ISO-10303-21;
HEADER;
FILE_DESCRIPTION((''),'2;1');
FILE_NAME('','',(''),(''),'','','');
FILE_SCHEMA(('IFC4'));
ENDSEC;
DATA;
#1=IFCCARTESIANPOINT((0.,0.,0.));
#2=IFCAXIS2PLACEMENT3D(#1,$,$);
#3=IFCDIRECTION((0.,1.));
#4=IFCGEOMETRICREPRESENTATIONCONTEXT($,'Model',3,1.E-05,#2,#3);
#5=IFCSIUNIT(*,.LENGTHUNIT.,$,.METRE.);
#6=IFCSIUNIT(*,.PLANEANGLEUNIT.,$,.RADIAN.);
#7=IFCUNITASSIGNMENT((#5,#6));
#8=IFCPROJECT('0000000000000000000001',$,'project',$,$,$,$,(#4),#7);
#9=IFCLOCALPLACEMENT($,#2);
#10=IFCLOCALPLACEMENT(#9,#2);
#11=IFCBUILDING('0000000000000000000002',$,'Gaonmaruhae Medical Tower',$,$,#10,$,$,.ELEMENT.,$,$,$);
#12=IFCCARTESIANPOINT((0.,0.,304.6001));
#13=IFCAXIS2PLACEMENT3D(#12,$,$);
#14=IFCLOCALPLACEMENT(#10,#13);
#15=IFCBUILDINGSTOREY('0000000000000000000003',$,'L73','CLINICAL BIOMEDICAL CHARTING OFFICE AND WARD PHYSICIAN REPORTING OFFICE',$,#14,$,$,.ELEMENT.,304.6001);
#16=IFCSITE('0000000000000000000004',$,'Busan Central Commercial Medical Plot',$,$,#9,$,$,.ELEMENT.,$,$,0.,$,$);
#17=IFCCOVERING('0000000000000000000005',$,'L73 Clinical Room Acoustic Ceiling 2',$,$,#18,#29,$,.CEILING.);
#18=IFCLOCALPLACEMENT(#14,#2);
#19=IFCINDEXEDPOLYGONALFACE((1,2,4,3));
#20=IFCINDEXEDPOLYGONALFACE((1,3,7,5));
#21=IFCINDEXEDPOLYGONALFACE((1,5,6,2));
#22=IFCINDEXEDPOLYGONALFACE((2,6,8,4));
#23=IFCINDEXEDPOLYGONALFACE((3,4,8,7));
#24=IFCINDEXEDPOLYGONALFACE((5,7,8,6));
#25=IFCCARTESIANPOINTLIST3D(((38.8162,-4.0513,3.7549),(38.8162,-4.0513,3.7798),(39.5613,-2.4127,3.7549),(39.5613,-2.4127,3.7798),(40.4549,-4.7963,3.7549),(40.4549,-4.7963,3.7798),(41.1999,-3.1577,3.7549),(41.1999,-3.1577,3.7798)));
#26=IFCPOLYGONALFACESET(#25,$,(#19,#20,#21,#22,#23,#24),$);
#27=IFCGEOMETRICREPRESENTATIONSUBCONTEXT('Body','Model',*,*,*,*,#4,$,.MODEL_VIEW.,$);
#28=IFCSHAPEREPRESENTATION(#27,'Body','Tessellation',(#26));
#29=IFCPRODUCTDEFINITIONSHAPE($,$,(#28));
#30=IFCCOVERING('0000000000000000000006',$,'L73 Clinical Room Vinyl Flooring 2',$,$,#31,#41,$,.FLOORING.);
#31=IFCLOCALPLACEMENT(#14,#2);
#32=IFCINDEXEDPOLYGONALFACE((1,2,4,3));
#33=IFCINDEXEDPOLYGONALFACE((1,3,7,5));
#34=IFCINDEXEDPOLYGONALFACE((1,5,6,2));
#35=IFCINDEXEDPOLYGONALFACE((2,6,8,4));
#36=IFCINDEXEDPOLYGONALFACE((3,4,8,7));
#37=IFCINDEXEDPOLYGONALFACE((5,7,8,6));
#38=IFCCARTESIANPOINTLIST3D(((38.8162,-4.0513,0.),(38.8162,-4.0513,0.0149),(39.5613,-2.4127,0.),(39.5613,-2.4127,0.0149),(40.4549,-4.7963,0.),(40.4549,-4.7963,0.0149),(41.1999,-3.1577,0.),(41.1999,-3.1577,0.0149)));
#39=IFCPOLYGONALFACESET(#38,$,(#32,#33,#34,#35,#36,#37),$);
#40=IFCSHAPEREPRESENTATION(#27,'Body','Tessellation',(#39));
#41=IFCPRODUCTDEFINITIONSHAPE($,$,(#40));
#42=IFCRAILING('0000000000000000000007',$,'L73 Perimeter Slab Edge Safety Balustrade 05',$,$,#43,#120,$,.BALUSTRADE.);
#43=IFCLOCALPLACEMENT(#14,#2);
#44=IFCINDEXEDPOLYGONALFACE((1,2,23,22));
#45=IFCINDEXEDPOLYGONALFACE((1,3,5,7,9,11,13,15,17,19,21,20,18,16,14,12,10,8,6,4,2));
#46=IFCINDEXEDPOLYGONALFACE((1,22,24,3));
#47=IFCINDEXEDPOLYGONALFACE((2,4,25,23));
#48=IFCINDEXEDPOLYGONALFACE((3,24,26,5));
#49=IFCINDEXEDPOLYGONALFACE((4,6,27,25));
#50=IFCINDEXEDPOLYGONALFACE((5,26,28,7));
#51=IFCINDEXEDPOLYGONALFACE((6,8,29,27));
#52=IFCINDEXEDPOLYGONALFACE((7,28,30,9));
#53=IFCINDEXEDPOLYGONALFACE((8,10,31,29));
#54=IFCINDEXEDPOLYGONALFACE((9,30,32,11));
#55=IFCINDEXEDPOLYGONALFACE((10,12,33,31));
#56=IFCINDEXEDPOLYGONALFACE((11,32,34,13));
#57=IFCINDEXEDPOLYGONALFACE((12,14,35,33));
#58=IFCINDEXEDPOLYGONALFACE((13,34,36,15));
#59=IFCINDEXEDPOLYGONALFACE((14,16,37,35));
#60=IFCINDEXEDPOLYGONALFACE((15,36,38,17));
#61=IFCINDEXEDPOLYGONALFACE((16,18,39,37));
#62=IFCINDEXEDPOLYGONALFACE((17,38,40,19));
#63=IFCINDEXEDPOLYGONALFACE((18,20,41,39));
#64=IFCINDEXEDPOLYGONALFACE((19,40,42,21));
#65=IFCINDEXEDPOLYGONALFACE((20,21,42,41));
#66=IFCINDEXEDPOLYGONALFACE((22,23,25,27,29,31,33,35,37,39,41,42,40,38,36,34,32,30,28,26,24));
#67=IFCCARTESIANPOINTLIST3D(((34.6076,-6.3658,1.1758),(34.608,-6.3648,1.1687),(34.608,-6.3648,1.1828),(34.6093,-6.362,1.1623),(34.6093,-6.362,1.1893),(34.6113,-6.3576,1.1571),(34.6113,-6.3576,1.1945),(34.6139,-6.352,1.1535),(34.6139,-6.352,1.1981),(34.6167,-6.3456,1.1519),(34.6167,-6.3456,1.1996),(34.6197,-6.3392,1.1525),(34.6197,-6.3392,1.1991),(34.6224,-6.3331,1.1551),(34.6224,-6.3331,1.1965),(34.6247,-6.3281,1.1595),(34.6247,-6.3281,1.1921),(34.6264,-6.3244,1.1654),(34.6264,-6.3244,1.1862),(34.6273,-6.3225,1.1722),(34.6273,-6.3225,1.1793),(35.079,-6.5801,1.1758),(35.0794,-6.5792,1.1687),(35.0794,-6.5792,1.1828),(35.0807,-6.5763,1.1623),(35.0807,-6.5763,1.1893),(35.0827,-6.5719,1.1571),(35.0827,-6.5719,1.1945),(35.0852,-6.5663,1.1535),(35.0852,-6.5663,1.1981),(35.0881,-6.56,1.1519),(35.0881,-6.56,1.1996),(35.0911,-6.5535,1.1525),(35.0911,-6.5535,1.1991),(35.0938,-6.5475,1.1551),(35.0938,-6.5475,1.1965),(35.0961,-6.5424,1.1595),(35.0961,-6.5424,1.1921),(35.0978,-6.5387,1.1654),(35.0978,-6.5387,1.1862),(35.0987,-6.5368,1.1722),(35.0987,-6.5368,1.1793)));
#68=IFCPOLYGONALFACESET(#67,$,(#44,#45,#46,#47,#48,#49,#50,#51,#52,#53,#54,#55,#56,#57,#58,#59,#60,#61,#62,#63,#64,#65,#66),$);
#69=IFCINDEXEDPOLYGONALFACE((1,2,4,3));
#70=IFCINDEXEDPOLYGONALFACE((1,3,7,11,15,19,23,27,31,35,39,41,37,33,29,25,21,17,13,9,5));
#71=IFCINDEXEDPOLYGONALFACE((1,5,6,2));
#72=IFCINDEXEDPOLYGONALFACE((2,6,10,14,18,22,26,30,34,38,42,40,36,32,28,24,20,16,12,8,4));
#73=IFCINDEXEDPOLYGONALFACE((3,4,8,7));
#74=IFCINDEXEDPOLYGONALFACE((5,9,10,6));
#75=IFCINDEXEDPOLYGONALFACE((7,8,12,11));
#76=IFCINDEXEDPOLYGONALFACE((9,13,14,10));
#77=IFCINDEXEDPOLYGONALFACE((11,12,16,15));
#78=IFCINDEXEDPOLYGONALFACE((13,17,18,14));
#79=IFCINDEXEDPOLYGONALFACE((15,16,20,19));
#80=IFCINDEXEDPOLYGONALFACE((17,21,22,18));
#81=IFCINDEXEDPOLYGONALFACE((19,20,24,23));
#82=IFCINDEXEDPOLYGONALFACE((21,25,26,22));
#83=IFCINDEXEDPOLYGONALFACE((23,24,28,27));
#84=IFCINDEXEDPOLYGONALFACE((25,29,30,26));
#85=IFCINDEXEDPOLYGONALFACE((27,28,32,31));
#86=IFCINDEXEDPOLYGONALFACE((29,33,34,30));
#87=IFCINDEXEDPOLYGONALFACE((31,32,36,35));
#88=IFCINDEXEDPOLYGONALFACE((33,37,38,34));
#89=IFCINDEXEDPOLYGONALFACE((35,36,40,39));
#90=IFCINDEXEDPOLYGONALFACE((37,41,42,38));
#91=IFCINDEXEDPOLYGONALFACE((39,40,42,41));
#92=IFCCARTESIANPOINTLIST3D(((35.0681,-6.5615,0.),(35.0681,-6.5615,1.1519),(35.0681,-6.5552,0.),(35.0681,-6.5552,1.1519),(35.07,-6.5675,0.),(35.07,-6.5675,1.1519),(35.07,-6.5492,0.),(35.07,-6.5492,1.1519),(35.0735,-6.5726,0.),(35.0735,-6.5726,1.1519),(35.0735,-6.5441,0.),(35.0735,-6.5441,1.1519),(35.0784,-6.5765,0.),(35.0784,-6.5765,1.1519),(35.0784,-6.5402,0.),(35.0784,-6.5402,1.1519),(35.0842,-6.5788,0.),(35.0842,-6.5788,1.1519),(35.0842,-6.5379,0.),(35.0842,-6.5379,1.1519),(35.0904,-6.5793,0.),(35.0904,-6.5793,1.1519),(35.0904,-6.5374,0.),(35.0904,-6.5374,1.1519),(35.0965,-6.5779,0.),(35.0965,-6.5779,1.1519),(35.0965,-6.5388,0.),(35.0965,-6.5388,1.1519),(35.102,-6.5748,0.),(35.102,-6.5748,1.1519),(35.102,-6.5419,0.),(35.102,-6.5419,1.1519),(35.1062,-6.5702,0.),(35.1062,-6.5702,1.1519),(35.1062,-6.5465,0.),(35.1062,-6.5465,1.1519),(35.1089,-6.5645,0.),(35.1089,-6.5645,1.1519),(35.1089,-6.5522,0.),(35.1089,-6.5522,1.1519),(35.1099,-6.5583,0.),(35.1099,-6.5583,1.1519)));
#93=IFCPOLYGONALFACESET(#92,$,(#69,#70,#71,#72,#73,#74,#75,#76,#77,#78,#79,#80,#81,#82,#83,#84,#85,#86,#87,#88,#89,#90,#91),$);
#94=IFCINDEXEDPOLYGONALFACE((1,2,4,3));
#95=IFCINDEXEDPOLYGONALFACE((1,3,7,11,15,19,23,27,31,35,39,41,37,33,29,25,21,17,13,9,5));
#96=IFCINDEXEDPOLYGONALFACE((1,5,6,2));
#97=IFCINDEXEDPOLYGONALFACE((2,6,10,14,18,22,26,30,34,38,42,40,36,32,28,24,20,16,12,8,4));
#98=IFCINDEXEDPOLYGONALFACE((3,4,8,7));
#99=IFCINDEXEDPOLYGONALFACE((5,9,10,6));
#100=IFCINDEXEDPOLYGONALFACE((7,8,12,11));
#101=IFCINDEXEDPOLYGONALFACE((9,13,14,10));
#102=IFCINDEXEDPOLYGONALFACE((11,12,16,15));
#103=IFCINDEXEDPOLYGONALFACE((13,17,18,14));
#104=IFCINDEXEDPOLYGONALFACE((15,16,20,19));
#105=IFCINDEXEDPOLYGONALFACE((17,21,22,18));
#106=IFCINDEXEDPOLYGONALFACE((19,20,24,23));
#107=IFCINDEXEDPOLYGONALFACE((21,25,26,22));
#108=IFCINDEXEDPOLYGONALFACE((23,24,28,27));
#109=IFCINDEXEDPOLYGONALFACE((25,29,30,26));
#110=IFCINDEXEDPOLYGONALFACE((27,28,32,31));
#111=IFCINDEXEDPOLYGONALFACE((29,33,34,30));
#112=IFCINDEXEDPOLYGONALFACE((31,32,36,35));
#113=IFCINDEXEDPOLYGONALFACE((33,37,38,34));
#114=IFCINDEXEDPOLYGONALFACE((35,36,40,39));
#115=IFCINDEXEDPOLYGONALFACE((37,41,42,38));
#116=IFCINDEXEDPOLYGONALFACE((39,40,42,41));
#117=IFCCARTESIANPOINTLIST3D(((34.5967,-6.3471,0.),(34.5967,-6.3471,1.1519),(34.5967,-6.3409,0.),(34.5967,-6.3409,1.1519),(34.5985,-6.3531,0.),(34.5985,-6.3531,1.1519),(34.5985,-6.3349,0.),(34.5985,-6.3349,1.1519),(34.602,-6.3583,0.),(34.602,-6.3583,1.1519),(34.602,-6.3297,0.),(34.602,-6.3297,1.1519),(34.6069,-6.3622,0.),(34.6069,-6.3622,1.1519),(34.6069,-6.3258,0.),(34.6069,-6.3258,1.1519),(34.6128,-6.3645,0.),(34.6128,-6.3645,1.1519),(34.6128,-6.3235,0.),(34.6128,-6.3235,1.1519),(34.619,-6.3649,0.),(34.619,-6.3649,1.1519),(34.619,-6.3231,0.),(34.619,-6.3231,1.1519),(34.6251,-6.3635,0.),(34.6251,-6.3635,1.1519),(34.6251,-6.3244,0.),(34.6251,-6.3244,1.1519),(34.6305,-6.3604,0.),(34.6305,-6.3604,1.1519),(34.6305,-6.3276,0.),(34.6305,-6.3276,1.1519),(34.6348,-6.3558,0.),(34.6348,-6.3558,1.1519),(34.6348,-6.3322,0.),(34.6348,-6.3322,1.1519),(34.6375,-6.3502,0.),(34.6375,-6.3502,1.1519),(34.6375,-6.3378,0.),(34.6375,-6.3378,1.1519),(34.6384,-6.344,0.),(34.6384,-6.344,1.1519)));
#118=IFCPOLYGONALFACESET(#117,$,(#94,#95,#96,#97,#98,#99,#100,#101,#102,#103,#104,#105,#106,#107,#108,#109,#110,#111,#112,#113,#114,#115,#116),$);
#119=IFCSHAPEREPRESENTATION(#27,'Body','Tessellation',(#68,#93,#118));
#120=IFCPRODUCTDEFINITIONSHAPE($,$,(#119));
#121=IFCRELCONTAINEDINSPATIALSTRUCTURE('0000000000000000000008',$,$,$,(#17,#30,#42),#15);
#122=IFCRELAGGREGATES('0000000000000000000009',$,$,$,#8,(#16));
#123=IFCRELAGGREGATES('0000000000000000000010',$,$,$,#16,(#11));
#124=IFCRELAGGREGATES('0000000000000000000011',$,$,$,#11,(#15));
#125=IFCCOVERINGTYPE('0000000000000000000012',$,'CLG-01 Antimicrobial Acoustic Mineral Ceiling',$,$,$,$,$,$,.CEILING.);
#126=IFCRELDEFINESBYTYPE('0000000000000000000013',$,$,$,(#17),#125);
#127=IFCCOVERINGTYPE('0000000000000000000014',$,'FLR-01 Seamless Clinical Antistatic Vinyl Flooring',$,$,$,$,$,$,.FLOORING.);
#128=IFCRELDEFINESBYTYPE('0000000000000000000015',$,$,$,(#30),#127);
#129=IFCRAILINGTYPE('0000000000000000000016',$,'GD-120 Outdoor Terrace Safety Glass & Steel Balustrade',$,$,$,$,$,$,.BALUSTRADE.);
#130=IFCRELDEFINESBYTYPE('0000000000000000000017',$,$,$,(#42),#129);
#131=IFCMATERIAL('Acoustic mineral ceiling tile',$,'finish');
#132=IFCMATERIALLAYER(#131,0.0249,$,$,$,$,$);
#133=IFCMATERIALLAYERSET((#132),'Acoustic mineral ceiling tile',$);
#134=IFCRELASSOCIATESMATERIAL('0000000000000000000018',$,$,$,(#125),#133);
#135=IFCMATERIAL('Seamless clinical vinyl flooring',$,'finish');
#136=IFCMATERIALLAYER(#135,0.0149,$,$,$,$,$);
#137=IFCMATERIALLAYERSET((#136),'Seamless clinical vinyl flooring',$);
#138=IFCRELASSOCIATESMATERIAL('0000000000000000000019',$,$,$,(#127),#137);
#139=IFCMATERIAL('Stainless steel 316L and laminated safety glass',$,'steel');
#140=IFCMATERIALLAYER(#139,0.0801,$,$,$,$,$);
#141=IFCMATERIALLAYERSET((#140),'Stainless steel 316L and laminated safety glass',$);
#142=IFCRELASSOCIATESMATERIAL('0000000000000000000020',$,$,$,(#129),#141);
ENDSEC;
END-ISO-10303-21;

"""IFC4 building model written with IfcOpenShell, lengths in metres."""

from ifc_helpers import new_model, si_unit, direction, frame, origin, origin_2d, place, context, subcontext, project, spatial, rectangle, circle, extrude, material, layer, layer_set, type_object, element, save


model = new_model("IFC4")

# Units and contexts
model_context = context("Model", 3, precision=1e-05, world=origin(), true_north=direction((0.0, 1.0)))
body_context = subcontext(model_context, "Body", "Model", "MODEL_VIEW")
ifc_project = project(units=[si_unit("LENGTHUNIT", "METRE"), si_unit("PLANEANGLEUNIT", "RADIAN")], contexts=[model_context])

# Site, building, storey
site_placement = place(None, origin())
site = spatial("IfcSite", under=ifc_project, at=site_placement, Name="Busan Central Commercial Medical Plot", CompositionType="ELEMENT", RefElevation=0.0)
building_placement = place(site_placement, origin())
building = spatial("IfcBuilding", under=site, at=building_placement, Name="Gaonmaruhae Medical Tower", CompositionType="ELEMENT")
storey_placement = place(building_placement, frame((0.0, 0.0, 304.6001)))
storey = spatial("IfcBuildingStorey", under=building, at=storey_placement, Name="L73", Description="CLINICAL BIOMEDICAL CHARTING OFFICE AND WARD PHYSICIAN REPORTING OFFICE", CompositionType="ELEMENT", Elevation=304.6001)

# Coverings
ifc_material_1 = material(Name="Acoustic mineral ceiling tile", Category="finish")
ifc_layer_1 = layer(ifc_material_1, 0.0249)
ifc_layer_set_1 = layer_set([ifc_layer_1], Name="Acoustic mineral ceiling tile")
covering_type_1 = type_object("IfcCoveringType", Name="CLG-01 Antimicrobial Acoustic Mineral Ceiling", PredefinedType="CEILING", material=ifc_layer_set_1)
covering_1_placement = place(storey_placement, frame((40.0081, -3.6045, 3.7549), z_axis=(0.0, 0.0, 1.0), x_axis=(0.413899, 0.910323, 0.0)))
element("IfcCovering", 1, at=covering_1_placement, inside=storey, type_object=covering_type_1, Name="L73 Clinical Room Acoustic Ceiling 2", PredefinedType="CEILING", context=body_context, shape_type="SweptSolid", body=[
    extrude(rectangle(XDim=1.8, YDim=1.8, at=origin_2d()), origin(), (0.0, 0.0, 1.0), 0.0249),
])
ifc_material_2 = material(Name="Seamless clinical vinyl flooring", Category="finish")
ifc_layer_2 = layer(ifc_material_2, 0.0149)
ifc_layer_set_2 = layer_set([ifc_layer_2], Name="Seamless clinical vinyl flooring")
covering_type_2 = type_object("IfcCoveringType", Name="FLR-01 Seamless Clinical Antistatic Vinyl Flooring", PredefinedType="FLOORING", material=ifc_layer_set_2)
covering_2_placement = place(storey_placement, frame((40.0081, -3.6045, 0.0), z_axis=(0.0, 0.0, 1.0), x_axis=(0.413899, 0.910323, 0.0)))
element("IfcCovering", 2, at=covering_2_placement, inside=storey, type_object=covering_type_2, Name="L73 Clinical Room Vinyl Flooring 2", PredefinedType="FLOORING", context=body_context, shape_type="SweptSolid", body=[
    extrude(rectangle(XDim=1.8, YDim=1.8, at=origin_2d()), origin(), (0.0, 0.0, 1.0), 0.0149),
])

# Railing
ifc_material_3 = material(Name="Stainless steel 316L and laminated safety glass", Category="steel")
ifc_layer_3 = layer(ifc_material_3, 0.0801)
ifc_layer_set_3 = layer_set([ifc_layer_3], Name="Stainless steel 316L and laminated safety glass")
railing_type = type_object("IfcRailingType", Name="GD-120 Outdoor Terrace Safety Glass & Steel Balustrade", PredefinedType="BALUSTRADE", material=ifc_layer_set_3)
railing_1_placement = place(storey_placement, frame((35.0889, -6.5583, 0.0)))
element("IfcRailing", 3, at=railing_1_placement, inside=storey, type_object=railing_type, Name="L73 Perimeter Slab Edge Safety Balustrade 05", PredefinedType="BALUSTRADE", context=body_context, shape_type="SweptSolid", body=[
    extrude(circle(Radius=0.0239, at=origin_2d()), frame((0.0, 0.0, 1.1758), z_axis=(-0.910318, 0.413909, 0.0), x_axis=(-0.413909, -0.910318, 0.0)), (0.0, 0.0, 1.0), 0.5178),
    extrude(circle(Radius=0.021, at=origin_2d()), origin(), (0.0, 0.0, 1.0), 1.1519),
    extrude(circle(Radius=0.021, at=origin_2d()), frame((-0.4714, 0.2144, 0.0)), (0.0, 0.0, 1.0), 1.1519),
])

save(model, "model.ifc")
